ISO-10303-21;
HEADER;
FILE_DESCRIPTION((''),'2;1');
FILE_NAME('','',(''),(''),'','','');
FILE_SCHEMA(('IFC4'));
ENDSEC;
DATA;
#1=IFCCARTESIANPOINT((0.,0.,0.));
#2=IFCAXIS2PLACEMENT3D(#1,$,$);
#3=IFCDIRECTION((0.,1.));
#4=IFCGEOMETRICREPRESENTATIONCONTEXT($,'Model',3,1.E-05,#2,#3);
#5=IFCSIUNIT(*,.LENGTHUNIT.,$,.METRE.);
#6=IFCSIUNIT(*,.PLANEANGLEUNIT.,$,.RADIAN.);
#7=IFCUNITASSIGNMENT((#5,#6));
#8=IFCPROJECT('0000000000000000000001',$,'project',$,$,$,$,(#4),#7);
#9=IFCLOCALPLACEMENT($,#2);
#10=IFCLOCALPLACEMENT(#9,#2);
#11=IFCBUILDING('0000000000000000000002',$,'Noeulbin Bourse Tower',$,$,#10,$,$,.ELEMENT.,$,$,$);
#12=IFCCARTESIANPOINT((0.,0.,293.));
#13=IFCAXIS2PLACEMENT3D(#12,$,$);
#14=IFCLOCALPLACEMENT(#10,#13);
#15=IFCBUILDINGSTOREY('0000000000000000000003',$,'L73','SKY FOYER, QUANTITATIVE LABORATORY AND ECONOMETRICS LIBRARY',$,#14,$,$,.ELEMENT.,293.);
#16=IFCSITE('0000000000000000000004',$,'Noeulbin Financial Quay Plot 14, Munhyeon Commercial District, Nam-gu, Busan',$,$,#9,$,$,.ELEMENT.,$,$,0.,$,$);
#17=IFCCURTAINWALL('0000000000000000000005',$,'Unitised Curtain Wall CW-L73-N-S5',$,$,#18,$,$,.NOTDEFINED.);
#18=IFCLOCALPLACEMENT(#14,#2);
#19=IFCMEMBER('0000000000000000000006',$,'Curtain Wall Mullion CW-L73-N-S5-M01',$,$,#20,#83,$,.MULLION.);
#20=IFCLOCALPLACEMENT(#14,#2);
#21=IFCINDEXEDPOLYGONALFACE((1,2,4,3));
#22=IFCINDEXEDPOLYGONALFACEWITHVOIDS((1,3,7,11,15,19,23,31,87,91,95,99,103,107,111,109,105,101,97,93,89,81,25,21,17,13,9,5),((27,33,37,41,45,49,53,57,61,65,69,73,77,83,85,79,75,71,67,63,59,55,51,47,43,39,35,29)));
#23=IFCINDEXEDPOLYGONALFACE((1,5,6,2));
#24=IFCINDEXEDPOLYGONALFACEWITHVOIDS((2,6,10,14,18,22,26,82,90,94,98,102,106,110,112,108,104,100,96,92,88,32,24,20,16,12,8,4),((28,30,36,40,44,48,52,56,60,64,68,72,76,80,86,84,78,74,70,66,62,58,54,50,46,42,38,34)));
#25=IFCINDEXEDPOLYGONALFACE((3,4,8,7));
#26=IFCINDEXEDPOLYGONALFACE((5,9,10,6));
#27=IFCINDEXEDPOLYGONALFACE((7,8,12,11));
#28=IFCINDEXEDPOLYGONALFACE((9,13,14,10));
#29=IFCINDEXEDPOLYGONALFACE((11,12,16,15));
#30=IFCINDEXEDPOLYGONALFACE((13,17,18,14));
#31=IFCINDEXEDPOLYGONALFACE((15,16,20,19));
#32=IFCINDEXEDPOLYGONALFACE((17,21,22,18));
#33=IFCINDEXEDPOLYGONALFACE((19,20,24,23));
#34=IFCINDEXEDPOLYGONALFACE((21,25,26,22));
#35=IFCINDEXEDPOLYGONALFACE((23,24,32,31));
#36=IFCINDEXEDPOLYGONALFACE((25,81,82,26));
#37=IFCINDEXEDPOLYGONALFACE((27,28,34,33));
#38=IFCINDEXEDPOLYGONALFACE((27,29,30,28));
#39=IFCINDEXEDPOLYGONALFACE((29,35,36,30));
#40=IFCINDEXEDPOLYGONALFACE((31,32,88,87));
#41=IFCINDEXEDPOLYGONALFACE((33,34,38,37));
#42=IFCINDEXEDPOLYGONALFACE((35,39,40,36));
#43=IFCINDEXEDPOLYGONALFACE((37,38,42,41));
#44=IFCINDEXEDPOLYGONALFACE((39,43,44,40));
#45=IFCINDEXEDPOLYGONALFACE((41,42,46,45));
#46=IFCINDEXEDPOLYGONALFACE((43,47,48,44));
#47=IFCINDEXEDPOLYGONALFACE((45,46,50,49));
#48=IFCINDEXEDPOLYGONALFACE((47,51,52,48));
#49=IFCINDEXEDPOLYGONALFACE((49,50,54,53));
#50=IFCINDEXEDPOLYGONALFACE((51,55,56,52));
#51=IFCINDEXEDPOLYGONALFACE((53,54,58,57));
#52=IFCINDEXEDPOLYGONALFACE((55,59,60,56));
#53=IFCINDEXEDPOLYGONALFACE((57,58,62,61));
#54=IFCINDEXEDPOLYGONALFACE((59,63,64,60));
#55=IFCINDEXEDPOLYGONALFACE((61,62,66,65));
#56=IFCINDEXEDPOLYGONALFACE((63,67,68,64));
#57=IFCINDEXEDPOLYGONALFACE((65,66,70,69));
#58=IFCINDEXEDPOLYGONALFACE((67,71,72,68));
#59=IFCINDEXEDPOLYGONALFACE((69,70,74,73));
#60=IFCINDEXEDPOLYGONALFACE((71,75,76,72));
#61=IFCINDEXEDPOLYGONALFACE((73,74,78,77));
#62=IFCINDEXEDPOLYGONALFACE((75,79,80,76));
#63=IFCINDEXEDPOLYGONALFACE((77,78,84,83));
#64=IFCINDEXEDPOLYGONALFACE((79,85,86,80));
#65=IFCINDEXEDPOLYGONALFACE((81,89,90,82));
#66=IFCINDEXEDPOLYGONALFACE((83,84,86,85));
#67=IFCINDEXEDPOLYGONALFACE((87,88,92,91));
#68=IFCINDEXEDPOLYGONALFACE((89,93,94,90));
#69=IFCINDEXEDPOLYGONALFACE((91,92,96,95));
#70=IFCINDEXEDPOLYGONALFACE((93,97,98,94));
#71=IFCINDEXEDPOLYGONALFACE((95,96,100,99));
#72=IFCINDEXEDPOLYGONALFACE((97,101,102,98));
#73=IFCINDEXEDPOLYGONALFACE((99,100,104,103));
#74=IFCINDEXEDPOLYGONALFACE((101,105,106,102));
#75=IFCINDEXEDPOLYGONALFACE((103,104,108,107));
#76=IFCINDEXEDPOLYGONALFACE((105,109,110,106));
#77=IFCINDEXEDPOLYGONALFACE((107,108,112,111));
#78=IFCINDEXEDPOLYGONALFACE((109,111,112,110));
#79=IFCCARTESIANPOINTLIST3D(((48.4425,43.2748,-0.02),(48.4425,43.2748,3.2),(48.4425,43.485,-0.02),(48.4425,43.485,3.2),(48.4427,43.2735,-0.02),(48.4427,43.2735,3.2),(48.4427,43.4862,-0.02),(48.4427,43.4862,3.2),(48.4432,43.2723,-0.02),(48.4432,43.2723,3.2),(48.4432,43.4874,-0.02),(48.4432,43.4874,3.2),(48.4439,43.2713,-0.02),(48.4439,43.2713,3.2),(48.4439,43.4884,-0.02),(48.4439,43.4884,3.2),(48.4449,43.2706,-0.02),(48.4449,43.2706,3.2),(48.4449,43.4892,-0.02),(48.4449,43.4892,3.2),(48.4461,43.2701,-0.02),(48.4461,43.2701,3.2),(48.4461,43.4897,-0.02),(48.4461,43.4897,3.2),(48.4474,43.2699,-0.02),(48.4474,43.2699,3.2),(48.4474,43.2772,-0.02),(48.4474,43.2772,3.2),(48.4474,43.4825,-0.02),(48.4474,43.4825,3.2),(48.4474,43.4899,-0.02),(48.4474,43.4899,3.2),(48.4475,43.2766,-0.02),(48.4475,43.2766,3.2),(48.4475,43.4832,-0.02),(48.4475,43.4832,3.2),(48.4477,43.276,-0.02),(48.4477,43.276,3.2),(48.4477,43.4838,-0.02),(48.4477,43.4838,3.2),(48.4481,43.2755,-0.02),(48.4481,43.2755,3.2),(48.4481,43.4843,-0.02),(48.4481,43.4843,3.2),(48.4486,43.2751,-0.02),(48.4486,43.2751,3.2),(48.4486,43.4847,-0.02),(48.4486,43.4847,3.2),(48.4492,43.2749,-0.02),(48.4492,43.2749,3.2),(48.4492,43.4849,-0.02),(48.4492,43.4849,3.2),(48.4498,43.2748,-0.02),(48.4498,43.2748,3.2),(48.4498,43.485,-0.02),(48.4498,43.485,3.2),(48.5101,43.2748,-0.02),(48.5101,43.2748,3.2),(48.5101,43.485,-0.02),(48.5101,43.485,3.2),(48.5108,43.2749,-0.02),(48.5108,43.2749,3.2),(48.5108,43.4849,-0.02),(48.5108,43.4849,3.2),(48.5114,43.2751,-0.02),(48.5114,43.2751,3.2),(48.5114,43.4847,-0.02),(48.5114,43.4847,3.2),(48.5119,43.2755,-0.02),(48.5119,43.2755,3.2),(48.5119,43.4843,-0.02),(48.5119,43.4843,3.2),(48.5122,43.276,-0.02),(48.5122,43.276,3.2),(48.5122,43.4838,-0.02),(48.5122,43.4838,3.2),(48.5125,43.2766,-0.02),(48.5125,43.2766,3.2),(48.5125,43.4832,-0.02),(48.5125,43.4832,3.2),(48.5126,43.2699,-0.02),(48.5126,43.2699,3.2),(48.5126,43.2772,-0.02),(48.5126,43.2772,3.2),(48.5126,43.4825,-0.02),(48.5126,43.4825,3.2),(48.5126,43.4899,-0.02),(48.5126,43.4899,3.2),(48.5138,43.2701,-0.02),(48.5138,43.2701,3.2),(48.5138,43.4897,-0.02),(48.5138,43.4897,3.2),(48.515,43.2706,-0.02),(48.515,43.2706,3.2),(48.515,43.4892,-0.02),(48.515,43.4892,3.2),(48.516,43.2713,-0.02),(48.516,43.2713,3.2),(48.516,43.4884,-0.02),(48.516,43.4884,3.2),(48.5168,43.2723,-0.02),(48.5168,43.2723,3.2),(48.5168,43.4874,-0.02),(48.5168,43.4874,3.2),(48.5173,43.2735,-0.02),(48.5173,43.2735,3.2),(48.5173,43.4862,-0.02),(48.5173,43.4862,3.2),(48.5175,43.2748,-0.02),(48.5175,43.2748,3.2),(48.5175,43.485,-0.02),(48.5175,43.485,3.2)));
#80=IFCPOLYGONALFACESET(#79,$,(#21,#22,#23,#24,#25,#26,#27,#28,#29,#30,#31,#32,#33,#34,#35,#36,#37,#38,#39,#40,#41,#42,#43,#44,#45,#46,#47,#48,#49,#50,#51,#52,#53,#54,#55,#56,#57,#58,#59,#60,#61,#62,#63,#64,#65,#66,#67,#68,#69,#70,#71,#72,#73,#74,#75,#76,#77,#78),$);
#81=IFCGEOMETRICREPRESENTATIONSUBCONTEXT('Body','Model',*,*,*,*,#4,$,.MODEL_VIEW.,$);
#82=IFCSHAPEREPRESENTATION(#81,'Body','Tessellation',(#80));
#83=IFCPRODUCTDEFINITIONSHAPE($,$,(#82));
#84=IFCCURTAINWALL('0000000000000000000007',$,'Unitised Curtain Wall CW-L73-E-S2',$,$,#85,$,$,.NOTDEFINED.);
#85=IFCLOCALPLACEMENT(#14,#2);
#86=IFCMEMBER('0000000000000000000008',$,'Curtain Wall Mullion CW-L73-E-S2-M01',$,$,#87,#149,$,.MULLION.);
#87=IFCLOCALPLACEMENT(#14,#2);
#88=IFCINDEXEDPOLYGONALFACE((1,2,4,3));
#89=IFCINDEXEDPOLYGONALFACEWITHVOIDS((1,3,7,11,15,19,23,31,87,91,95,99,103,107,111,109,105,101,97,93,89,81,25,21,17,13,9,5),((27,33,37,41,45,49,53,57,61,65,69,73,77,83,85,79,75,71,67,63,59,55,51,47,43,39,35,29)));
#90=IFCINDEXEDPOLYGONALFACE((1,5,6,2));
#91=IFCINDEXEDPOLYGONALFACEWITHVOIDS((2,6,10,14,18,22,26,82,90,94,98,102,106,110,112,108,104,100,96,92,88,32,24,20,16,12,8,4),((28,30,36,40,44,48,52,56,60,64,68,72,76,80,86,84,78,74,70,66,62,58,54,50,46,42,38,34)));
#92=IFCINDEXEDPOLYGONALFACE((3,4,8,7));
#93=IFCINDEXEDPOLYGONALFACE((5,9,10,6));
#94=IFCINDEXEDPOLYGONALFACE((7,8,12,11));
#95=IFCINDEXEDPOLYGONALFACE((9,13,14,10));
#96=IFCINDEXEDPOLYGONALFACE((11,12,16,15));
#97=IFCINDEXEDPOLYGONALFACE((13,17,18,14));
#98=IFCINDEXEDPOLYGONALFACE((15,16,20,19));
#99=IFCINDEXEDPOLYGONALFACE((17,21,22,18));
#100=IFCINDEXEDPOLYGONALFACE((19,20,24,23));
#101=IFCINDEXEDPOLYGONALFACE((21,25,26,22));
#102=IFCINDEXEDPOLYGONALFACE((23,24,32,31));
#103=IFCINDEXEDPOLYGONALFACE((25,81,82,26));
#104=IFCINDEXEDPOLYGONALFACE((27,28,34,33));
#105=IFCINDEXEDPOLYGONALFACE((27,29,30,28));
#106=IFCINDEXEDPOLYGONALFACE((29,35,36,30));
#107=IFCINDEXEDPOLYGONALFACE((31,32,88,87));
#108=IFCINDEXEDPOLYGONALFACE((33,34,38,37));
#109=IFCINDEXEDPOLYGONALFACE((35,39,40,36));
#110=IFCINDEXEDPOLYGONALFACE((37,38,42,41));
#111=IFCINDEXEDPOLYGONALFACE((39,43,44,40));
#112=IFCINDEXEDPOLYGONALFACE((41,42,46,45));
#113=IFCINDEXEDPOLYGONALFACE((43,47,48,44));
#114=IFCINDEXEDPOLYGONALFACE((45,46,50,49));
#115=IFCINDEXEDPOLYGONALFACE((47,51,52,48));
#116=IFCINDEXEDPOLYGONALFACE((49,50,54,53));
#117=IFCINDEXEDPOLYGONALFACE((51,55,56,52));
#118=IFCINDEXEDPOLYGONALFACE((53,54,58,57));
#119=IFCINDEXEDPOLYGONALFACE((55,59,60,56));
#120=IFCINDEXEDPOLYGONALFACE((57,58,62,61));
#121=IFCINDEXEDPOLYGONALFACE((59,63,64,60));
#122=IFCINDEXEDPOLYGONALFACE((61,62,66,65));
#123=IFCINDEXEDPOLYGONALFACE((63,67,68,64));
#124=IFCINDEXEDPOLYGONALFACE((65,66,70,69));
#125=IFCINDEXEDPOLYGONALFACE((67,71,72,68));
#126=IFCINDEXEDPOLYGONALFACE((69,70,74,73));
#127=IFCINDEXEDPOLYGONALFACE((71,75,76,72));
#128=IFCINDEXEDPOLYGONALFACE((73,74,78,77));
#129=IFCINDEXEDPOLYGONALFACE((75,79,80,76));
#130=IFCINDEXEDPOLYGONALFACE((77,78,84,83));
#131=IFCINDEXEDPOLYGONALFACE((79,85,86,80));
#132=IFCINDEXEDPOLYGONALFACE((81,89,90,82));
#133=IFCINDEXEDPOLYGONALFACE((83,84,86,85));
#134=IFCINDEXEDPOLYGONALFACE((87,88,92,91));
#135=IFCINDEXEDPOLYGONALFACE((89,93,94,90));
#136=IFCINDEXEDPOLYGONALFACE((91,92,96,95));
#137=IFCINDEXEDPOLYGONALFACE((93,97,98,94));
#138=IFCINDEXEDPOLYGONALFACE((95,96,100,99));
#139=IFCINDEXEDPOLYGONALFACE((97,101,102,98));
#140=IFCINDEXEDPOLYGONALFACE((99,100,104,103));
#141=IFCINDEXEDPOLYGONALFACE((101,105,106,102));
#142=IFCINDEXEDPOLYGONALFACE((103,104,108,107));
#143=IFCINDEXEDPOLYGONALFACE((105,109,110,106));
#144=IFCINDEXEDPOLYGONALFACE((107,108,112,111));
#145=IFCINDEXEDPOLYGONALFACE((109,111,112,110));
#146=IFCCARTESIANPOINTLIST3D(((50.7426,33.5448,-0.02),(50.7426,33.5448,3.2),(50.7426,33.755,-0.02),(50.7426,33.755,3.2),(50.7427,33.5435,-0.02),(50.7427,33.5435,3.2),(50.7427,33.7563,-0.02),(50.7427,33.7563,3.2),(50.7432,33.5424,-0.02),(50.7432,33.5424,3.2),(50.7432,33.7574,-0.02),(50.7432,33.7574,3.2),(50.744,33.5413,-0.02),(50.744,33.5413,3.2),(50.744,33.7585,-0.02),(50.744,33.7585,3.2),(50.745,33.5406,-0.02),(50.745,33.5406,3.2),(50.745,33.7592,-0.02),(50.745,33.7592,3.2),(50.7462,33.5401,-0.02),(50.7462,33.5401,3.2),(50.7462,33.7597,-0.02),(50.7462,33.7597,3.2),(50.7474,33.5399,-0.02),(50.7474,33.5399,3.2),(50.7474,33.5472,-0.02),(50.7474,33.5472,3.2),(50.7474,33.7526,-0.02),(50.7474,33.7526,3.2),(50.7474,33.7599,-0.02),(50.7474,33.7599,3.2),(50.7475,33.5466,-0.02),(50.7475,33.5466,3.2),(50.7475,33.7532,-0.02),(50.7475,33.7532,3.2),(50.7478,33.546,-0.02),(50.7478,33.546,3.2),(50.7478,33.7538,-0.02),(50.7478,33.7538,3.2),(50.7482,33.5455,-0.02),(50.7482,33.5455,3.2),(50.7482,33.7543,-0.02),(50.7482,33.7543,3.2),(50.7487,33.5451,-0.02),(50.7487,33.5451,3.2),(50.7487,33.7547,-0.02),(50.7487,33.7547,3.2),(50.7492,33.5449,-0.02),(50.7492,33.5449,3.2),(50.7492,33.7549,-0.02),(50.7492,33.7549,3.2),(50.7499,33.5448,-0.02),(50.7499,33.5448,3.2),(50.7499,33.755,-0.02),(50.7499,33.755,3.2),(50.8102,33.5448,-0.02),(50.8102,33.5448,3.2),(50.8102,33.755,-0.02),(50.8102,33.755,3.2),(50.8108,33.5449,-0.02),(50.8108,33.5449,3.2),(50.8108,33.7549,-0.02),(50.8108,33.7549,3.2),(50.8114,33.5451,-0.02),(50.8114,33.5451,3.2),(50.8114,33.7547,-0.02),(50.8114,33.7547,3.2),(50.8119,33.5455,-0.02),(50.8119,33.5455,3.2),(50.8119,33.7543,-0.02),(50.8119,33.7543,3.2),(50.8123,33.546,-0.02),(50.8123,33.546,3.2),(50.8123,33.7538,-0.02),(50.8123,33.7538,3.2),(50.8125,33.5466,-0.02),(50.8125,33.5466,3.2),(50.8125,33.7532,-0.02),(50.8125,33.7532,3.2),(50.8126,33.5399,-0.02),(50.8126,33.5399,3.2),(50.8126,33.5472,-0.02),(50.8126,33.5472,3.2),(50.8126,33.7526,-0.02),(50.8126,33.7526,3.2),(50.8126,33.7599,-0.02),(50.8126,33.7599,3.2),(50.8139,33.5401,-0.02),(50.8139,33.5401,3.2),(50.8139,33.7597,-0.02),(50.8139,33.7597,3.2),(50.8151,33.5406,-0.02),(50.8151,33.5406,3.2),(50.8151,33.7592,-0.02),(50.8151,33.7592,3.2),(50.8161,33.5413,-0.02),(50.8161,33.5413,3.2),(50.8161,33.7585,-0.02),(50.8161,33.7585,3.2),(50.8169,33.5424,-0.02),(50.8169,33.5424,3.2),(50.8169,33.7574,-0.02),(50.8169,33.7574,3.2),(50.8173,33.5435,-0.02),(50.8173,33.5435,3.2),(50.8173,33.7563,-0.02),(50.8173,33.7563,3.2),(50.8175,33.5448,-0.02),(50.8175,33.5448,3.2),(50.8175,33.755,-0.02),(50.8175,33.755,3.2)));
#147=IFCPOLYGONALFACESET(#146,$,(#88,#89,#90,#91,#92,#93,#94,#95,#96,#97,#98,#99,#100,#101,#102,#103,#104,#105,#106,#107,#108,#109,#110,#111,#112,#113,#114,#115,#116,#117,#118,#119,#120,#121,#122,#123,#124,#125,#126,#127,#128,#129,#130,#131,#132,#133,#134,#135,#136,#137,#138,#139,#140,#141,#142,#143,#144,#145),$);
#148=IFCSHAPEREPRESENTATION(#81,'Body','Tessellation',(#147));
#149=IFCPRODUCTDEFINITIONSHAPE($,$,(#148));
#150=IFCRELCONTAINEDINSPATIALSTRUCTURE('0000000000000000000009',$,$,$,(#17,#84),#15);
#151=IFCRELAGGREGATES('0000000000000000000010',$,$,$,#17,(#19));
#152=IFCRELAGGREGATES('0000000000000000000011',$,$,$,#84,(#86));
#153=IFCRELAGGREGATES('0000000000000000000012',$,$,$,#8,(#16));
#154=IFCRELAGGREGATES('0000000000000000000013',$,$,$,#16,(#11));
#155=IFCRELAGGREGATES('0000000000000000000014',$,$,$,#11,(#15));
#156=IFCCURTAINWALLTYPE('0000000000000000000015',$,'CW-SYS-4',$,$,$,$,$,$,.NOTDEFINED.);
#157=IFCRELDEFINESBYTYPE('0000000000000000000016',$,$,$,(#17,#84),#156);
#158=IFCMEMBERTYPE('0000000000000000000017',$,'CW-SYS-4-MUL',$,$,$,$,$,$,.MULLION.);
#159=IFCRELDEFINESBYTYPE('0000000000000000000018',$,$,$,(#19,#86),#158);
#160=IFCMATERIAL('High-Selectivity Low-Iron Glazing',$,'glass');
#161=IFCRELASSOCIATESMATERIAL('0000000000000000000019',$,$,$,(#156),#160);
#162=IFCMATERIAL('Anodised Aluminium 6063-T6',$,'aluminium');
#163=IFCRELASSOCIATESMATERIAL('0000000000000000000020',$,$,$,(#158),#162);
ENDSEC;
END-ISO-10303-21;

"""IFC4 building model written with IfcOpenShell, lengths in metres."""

from ifc_helpers import new_model, si_unit, direction, frame, origin, origin_2d, place, context, subcontext, project, spatial, hollow_rectangle, extrude, material, material_profile, profile_set, type_object, element, aggregate, save


model = new_model("IFC4")

# Units and contexts
model_context = context("Model", 3, precision=1e-05, world=origin(), true_north=direction((0.0, 1.0)))
body_context = subcontext(model_context, "Body", "Model", "MODEL_VIEW")
ifc_project = project(units=[si_unit("LENGTHUNIT", "METRE"), si_unit("PLANEANGLEUNIT", "RADIAN")], contexts=[model_context])

# Site, building, storey
site_placement = place(None, origin())
site = spatial("IfcSite", under=ifc_project, at=site_placement, Name="Noeulbin Financial Quay Plot 14, Munhyeon Commercial District, Nam-gu, Busan", CompositionType="ELEMENT", RefElevation=0.0)
building_placement = place(site_placement, origin())
building = spatial("IfcBuilding", under=site, at=building_placement, Name="Noeulbin Bourse Tower", CompositionType="ELEMENT")
storey_placement = place(building_placement, frame((0.0, 0.0, 293.0)))
storey = spatial("IfcBuildingStorey", under=building, at=storey_placement, Name="L73", Description="SKY FOYER, QUANTITATIVE LABORATORY AND ECONOMETRICS LIBRARY", CompositionType="ELEMENT", Elevation=293.0)

# Shared definitions
ifc_material_1 = material(Name="High-Selectivity Low-Iron Glazing", Category="glass")
curtain_wall_type = type_object("IfcCurtainWallType", Name="CW-SYS-4", PredefinedType="NOTDEFINED", material=ifc_material_1)
ifc_material_2 = material(Name="Anodised Aluminium 6063-T6", Category="aluminium")
ifc_material_profile_1 = material_profile(ifc_material_2, hollow_rectangle(XDim=0.075, YDim=0.22, WallThickness=0.0049, InnerFilletRadius=0.0024, OuterFilletRadius=0.0049, at=origin_2d()), Name="ALU-MULL-75x220x5", Category="LoadBearing")
ifc_profile_set_1 = profile_set([ifc_material_profile_1], Name="Anodised Aluminium 6063-T6")
member_type_1 = type_object("IfcMemberType", Name="CW-SYS-4-MUL", PredefinedType="MULLION", material=ifc_profile_set_1)

# Curtain walls, members
curtain_wall_1_placement = place(storey_placement, origin())
curtain_wall_1 = element("IfcCurtainWall", 1, at=curtain_wall_1_placement, inside=storey, type_object=curtain_wall_type, Name="Unitised Curtain Wall CW-L73-N-S5", PredefinedType="NOTDEFINED")
member_1_placement = place(storey_placement, frame((48.48, 43.3799, -0.02), z_axis=(0.0, 0.0, 1.0), x_axis=(1.0, 0.0, 0.0)))
member_1 = element("IfcMember", 2, at=member_1_placement, type_object=member_type_1, Name="Curtain Wall Mullion CW-L73-N-S5-M01", PredefinedType="MULLION", context=body_context, shape_type="SweptSolid", body=[
    extrude(hollow_rectangle(XDim=0.075, YDim=0.22, WallThickness=0.0049, InnerFilletRadius=0.0024, OuterFilletRadius=0.0049, at=origin_2d()), origin(), (0.0, 0.0, 1.0), 3.22),
])
curtain_wall_2_placement = place(storey_placement, origin())
curtain_wall_2 = element("IfcCurtainWall", 3, at=curtain_wall_2_placement, inside=storey, type_object=curtain_wall_type, Name="Unitised Curtain Wall CW-L73-E-S2", PredefinedType="NOTDEFINED")
member_2_placement = place(storey_placement, frame((50.78, 33.6499, -0.02), z_axis=(0.0, 0.0, 1.0), x_axis=(1.0, 0.0, 0.0)))
member_2 = element("IfcMember", 4, at=member_2_placement, type_object=member_type_1, Name="Curtain Wall Mullion CW-L73-E-S2-M01", PredefinedType="MULLION", context=body_context, shape_type="SweptSolid", body=[
    extrude(hollow_rectangle(XDim=0.075, YDim=0.22, WallThickness=0.0049, InnerFilletRadius=0.0024, OuterFilletRadius=0.0049, at=origin_2d()), origin(), (0.0, 0.0, 1.0), 3.22),
])

aggregate(curtain_wall_1, [member_1])
aggregate(curtain_wall_2, [member_2])

save(model, "model.ifc")
